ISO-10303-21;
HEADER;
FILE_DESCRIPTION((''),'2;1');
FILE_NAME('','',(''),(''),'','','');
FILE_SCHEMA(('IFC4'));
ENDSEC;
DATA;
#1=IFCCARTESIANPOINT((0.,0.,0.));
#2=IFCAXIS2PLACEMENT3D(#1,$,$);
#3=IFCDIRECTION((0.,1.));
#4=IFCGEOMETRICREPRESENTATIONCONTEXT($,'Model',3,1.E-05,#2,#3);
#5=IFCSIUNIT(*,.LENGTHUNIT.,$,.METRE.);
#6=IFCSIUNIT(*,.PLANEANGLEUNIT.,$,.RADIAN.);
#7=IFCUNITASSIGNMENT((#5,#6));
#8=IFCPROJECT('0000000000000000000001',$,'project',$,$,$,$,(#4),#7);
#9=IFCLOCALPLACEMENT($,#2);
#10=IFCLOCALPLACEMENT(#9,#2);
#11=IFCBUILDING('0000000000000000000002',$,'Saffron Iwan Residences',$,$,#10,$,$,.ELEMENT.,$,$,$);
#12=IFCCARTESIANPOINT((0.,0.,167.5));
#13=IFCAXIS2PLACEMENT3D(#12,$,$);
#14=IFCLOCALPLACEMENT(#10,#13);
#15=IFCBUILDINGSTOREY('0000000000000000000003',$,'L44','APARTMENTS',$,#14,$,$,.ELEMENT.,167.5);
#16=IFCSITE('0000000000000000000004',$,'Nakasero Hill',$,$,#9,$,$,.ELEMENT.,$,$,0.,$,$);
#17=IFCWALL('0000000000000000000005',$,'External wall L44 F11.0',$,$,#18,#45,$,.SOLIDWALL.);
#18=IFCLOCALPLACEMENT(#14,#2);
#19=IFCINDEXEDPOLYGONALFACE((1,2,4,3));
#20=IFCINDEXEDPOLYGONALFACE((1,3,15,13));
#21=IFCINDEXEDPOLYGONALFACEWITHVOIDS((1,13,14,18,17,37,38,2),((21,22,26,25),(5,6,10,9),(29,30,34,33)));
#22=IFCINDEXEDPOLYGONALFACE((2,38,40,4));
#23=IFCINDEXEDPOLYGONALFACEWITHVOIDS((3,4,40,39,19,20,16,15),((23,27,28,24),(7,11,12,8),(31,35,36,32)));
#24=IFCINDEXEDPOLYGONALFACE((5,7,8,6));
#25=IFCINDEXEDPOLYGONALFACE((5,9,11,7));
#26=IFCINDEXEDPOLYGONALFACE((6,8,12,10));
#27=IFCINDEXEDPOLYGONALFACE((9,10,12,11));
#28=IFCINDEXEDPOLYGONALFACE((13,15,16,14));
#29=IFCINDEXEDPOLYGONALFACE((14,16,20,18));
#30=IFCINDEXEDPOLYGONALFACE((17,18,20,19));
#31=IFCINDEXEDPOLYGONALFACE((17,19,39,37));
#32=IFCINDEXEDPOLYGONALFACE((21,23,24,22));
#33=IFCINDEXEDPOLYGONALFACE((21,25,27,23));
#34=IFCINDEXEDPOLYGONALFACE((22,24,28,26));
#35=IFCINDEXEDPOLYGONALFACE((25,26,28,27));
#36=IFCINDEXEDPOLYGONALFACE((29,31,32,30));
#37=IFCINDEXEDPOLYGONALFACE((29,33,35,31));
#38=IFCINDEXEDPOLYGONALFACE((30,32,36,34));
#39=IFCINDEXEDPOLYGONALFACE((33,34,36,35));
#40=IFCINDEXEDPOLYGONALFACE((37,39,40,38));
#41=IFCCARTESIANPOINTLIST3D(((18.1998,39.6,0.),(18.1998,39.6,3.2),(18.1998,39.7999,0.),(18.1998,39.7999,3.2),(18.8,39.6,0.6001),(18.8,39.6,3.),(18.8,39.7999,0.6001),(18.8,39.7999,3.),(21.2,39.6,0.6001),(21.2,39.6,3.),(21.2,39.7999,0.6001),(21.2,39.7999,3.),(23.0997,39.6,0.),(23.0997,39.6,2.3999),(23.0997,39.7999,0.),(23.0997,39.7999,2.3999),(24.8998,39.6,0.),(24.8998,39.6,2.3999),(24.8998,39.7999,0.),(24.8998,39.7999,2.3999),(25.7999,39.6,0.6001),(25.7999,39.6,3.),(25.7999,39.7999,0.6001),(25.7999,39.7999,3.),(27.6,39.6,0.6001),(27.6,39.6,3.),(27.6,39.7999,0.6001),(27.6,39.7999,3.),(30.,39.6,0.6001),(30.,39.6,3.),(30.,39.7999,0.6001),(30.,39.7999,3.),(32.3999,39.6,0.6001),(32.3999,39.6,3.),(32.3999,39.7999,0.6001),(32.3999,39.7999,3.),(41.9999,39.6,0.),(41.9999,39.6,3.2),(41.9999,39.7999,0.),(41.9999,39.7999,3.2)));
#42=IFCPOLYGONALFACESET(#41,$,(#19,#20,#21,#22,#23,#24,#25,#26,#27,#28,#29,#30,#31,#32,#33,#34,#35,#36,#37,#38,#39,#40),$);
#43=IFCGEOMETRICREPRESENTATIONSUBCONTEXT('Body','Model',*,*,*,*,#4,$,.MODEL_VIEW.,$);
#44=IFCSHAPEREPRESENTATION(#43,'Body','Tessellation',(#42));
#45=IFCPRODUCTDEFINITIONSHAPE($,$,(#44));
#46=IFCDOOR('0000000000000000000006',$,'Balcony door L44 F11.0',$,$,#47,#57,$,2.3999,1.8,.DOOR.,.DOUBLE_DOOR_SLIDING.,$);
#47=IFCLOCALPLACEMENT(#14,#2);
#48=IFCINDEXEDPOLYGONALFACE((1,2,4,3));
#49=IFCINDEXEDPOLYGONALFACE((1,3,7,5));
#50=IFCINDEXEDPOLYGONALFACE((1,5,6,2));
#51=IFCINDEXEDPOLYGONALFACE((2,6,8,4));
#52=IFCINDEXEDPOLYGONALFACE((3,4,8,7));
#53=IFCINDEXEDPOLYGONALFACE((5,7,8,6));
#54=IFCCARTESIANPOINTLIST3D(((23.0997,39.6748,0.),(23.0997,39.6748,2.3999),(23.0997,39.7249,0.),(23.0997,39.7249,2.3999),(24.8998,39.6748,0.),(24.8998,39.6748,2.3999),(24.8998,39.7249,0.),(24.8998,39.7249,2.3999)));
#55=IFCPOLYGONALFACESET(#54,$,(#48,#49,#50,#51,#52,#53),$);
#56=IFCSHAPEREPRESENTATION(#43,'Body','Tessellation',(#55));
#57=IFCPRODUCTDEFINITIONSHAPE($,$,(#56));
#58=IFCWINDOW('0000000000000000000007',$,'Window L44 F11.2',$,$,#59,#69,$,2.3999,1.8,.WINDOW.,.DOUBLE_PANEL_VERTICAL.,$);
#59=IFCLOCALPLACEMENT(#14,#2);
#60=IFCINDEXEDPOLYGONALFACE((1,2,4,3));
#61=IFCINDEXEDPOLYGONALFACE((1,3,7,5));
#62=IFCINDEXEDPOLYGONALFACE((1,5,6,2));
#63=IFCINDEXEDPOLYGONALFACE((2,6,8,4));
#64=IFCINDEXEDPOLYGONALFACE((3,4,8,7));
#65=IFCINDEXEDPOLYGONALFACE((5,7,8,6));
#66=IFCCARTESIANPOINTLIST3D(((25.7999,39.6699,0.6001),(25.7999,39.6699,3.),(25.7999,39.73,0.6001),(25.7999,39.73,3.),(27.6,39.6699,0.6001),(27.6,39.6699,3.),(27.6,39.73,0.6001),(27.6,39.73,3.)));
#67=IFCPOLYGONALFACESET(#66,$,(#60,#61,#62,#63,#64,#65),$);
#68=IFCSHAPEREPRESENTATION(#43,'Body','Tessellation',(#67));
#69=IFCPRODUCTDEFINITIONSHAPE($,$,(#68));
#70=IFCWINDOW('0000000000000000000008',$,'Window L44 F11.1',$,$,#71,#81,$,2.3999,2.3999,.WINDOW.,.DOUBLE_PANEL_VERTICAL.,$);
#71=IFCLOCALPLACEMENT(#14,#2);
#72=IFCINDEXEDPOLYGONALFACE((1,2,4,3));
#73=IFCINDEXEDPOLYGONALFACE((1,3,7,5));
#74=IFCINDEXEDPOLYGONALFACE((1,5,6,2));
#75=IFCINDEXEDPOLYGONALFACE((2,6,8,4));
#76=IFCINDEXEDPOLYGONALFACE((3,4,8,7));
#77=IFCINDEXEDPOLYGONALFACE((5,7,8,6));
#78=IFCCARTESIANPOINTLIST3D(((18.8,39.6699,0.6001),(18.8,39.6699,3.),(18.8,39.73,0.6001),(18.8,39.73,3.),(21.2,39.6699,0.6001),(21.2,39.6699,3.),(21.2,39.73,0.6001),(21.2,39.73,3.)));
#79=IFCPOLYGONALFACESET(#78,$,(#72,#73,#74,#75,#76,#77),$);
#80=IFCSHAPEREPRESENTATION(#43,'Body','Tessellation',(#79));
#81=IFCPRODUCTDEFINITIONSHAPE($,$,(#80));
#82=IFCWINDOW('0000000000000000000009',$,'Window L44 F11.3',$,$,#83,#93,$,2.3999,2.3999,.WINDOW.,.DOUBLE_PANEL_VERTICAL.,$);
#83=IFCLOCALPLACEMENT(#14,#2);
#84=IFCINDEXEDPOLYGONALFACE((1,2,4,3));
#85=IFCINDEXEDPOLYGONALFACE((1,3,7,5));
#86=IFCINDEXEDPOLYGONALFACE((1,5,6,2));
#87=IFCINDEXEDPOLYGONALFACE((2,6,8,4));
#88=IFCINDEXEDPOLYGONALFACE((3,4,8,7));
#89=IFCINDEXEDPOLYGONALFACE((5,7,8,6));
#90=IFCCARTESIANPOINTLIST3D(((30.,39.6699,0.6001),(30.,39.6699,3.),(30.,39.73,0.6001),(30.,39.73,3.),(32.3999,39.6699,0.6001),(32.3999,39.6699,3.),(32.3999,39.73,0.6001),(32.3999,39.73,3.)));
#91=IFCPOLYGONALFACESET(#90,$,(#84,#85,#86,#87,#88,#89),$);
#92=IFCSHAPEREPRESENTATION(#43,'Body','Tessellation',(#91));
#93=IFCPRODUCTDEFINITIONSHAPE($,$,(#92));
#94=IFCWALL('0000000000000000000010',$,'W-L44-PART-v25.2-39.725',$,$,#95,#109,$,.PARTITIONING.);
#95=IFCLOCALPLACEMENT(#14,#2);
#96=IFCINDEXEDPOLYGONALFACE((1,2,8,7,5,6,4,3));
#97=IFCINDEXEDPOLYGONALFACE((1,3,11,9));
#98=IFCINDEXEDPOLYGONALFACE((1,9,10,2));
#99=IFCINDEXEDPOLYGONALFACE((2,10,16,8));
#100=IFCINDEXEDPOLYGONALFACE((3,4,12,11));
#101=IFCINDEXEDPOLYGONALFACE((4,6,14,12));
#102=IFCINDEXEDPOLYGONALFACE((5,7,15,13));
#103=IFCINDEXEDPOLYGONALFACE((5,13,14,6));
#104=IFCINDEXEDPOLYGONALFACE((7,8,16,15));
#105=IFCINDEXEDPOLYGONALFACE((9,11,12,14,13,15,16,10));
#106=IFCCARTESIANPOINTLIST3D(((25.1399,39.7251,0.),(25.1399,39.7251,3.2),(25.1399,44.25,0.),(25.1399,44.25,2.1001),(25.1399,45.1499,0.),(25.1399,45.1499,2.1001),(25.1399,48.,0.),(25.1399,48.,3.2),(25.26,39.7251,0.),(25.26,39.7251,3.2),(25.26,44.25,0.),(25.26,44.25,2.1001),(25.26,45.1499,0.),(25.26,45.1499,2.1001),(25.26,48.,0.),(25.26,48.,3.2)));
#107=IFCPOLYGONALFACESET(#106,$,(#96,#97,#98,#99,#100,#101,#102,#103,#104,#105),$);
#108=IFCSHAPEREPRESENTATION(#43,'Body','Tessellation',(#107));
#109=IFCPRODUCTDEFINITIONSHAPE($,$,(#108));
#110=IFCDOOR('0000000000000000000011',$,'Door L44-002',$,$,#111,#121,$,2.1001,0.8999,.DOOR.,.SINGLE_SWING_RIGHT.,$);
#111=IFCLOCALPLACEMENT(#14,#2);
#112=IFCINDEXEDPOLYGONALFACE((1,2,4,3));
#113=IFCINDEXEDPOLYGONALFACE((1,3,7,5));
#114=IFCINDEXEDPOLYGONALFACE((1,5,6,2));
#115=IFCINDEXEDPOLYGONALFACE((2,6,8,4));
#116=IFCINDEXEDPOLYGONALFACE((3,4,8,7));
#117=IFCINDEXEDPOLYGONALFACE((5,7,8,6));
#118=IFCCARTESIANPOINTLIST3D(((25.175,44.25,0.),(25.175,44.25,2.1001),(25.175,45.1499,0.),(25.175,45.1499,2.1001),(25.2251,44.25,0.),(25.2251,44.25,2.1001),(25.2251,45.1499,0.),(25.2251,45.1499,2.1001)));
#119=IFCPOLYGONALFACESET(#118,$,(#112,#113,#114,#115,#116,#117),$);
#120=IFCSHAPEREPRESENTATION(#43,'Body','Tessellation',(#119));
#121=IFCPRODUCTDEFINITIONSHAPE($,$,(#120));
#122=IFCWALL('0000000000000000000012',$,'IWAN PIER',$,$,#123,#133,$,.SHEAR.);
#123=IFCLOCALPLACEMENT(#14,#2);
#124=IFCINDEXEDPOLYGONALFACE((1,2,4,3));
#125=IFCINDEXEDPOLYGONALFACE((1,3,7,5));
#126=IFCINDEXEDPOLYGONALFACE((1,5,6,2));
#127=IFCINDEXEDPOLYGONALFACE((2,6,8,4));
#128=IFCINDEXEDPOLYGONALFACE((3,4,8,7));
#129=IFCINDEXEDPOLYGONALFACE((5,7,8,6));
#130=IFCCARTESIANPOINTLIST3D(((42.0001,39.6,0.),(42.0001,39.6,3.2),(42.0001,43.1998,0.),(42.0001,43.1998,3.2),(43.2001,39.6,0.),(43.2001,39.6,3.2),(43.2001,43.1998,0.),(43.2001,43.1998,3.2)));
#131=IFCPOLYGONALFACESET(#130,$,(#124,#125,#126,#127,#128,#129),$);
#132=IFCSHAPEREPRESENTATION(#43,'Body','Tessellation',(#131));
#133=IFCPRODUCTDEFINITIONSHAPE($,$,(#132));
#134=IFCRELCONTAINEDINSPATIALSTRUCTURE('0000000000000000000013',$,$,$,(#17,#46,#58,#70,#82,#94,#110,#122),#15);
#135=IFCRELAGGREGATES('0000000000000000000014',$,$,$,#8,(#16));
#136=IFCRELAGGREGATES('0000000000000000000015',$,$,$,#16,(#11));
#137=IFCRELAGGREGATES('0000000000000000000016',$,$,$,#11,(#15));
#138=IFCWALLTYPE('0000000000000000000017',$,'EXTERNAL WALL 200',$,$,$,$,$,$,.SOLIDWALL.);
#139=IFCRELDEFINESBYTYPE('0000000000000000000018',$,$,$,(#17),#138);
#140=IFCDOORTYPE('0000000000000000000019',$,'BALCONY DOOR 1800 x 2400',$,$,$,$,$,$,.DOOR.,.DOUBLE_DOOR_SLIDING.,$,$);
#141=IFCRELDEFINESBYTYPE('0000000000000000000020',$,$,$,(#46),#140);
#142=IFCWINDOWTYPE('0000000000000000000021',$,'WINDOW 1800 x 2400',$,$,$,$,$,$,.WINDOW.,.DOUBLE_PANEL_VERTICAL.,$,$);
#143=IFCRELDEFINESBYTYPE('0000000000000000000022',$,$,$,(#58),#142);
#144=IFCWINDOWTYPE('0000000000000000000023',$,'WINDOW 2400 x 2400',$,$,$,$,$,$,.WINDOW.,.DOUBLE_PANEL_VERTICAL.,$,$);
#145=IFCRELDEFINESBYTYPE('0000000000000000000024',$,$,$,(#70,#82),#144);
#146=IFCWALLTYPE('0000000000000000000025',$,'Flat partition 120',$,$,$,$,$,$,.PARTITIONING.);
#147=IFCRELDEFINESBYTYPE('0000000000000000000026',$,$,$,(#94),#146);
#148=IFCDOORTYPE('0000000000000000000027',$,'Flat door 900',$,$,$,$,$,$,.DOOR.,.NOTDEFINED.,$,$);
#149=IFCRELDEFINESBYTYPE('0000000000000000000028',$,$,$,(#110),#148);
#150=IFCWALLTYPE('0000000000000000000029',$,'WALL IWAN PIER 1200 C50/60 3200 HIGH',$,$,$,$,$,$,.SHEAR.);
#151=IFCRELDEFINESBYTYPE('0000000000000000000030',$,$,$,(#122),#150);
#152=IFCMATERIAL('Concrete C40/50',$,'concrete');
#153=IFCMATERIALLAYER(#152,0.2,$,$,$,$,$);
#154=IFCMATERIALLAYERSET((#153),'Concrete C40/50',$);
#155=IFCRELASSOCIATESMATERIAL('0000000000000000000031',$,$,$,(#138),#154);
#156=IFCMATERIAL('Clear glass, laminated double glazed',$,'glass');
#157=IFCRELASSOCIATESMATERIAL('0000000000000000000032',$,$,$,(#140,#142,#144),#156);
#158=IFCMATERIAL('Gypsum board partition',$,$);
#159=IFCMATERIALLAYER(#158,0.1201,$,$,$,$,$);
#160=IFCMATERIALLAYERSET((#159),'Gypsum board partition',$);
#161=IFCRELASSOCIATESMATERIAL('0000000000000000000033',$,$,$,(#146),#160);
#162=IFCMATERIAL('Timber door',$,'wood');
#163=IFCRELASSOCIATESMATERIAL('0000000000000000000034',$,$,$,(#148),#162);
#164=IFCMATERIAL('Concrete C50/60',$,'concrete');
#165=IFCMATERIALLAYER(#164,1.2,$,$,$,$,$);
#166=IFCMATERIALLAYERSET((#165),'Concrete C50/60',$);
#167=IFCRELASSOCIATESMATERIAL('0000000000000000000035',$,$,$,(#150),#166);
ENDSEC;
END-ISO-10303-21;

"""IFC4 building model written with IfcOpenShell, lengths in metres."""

from ifc_helpers import new_model, si_unit, direction, frame, frame_2d, origin, place, context, subcontext, project, spatial, rectangle, extrude, material, layer, layer_set, type_object, element, fill, save


model = new_model("IFC4")

# Units and contexts
model_context = context("Model", 3, precision=1e-05, world=origin(), true_north=direction((0.0, 1.0)))
body_context = subcontext(model_context, "Body", "Model", "MODEL_VIEW")
ifc_project = project(units=[si_unit("LENGTHUNIT", "METRE"), si_unit("PLANEANGLEUNIT", "RADIAN")], contexts=[model_context])

# Site, building, storey
site_placement = place(None, origin())
site = spatial("IfcSite", under=ifc_project, at=site_placement, Name="Nakasero Hill", CompositionType="ELEMENT", RefElevation=0.0)
building_placement = place(site_placement, origin())
building = spatial("IfcBuilding", under=site, at=building_placement, Name="Saffron Iwan Residences", CompositionType="ELEMENT")
storey_placement = place(building_placement, frame((0.0, 0.0, 167.5)))
storey = spatial("IfcBuildingStorey", under=building, at=storey_placement, Name="L44", Description="APARTMENTS", CompositionType="ELEMENT", Elevation=167.5)

# Shared definitions
ifc_material_1 = material(Name="Concrete C50/60", Category="concrete")

# Wall, openings, door, windows
ifc_material_2 = material(Name="Concrete C40/50", Category="concrete")
ifc_layer_1 = layer(ifc_material_2, 0.2)
ifc_layer_set_1 = layer_set([ifc_layer_1], Name="Concrete C40/50")
wall_type_1 = type_object("IfcWallType", Name="EXTERNAL WALL 200", PredefinedType="SOLIDWALL", material=ifc_layer_set_1)
wall_1_placement = place(storey_placement, frame((18.2, 39.7, 0.0), z_axis=(0.0, 0.0, 1.0), x_axis=(1.0, 0.0, 0.0)))
wall_1 = element("IfcWall", 1, at=wall_1_placement, inside=storey, type_object=wall_type_1, Name="External wall L44 F11.0", PredefinedType="SOLIDWALL", context=body_context, shape_type="SweptSolid", body=[
    extrude(rectangle(XDim=23.8, YDim=0.2, at=frame_2d((11.8999, 0.0))), origin(), (0.0, 0.0, 1.0), 3.2),
])
opening_1_placement = place(wall_1_placement, frame((4.8999, 0.0, 0.0)))
opening_1 = element("IfcOpeningElement", 2, at=opening_1_placement, cuts=wall_1, PredefinedType="OPENING", context=body_context, shape_type="SweptSolid", body=[
    extrude(rectangle(XDim=1.8, YDim=2.3999, at=frame_2d((0.8999, 1.2))), frame((0.0, 0.1099, 0.0), z_axis=(0.0, -1.0, 0.0), x_axis=(1.0, 0.0, 0.0)), (0.0, 0.0, 1.0), 0.22),
])
opening_2_placement = place(wall_1_placement, frame((0.6001, 0.0, 0.6001)))
opening_2 = element("IfcOpeningElement", 3, at=opening_2_placement, cuts=wall_1, PredefinedType="OPENING", context=body_context, shape_type="SweptSolid", body=[
    extrude(rectangle(XDim=2.3999, YDim=2.3999, at=frame_2d((1.2, 1.2))), frame((0.0, 0.1099, 0.0), z_axis=(0.0, -1.0, 0.0), x_axis=(1.0, 0.0, 0.0)), (0.0, 0.0, 1.0), 0.22),
])
opening_3_placement = place(wall_1_placement, frame((7.6001, 0.0, 0.6001)))
opening_3 = element("IfcOpeningElement", 4, at=opening_3_placement, cuts=wall_1, PredefinedType="OPENING", context=body_context, shape_type="SweptSolid", body=[
    extrude(rectangle(XDim=1.8, YDim=2.3999, at=frame_2d((0.8999, 1.2))), frame((0.0, 0.1099, 0.0), z_axis=(0.0, -1.0, 0.0), x_axis=(1.0, 0.0, 0.0)), (0.0, 0.0, 1.0), 0.22),
])
opening_4_placement = place(wall_1_placement, frame((11.8, 0.0, 0.6001)))
opening_4 = element("IfcOpeningElement", 5, at=opening_4_placement, cuts=wall_1, PredefinedType="OPENING", context=body_context, shape_type="SweptSolid", body=[
    extrude(rectangle(XDim=2.3999, YDim=2.3999, at=frame_2d((1.2, 1.2))), frame((0.0, 0.1099, 0.0), z_axis=(0.0, -1.0, 0.0), x_axis=(1.0, 0.0, 0.0)), (0.0, 0.0, 1.0), 0.22),
])
ifc_material_3 = material(Name="Clear glass, laminated double glazed", Category="glass")
door_type_1 = type_object("IfcDoorType", Name="BALCONY DOOR 1800 x 2400", OperationType="DOUBLE_DOOR_SLIDING", PredefinedType="DOOR", material=ifc_material_3)
door_1_placement = place(opening_1_placement, origin())
door_1 = element("IfcDoor", 6, at=door_1_placement, inside=storey, type_object=door_type_1, Name="Balcony door L44 F11.0", OperationType="DOUBLE_DOOR_SLIDING", OverallHeight=2.3999, OverallWidth=1.8, PredefinedType="DOOR", context=body_context, shape_type="SweptSolid", body=[
    extrude(rectangle(XDim=1.8, YDim=2.3999, at=frame_2d((0.8999, 1.2))), frame((0.0, 0.0249, 0.0), z_axis=(0.0, -1.0, 0.0), x_axis=(1.0, 0.0, 0.0)), (0.0, 0.0, 1.0), 0.05),
])
fill(opening_1, door_1)
window_type_1 = type_object("IfcWindowType", Name="WINDOW 1800 x 2400", PartitioningType="DOUBLE_PANEL_VERTICAL", PredefinedType="WINDOW", material=ifc_material_3)
window_1_placement = place(opening_3_placement, origin())
window_1 = element("IfcWindow", 7, at=window_1_placement, inside=storey, type_object=window_type_1, Name="Window L44 F11.2", OverallHeight=2.3999, OverallWidth=1.8, PartitioningType="DOUBLE_PANEL_VERTICAL", PredefinedType="WINDOW", context=body_context, shape_type="SweptSolid", body=[
    extrude(rectangle(XDim=1.8, YDim=2.3999, at=frame_2d((0.8999, 1.2))), frame((0.0, 0.03, 0.0), z_axis=(0.0, -1.0, 0.0), x_axis=(1.0, 0.0, 0.0)), (0.0, 0.0, 1.0), 0.0601),
])
fill(opening_3, window_1)
window_type_2 = type_object("IfcWindowType", Name="WINDOW 2400 x 2400", PartitioningType="DOUBLE_PANEL_VERTICAL", PredefinedType="WINDOW", material=ifc_material_3)
window_2_placement = place(opening_2_placement, origin())
window_2 = element("IfcWindow", 8, at=window_2_placement, inside=storey, type_object=window_type_2, Name="Window L44 F11.1", OverallHeight=2.3999, OverallWidth=2.3999, PartitioningType="DOUBLE_PANEL_VERTICAL", PredefinedType="WINDOW", context=body_context, shape_type="SweptSolid", body=[
    extrude(rectangle(XDim=2.3999, YDim=2.3999, at=frame_2d((1.2, 1.2))), frame((0.0, 0.03, 0.0), z_axis=(0.0, -1.0, 0.0), x_axis=(1.0, 0.0, 0.0)), (0.0, 0.0, 1.0), 0.0601),
])
fill(opening_2, window_2)
window_3_placement = place(opening_4_placement, origin())
window_3 = element("IfcWindow", 9, at=window_3_placement, inside=storey, type_object=window_type_2, Name="Window L44 F11.3", OverallHeight=2.3999, OverallWidth=2.3999, PartitioningType="DOUBLE_PANEL_VERTICAL", PredefinedType="WINDOW", context=body_context, shape_type="SweptSolid", body=[
    extrude(rectangle(XDim=2.3999, YDim=2.3999, at=frame_2d((1.2, 1.2))), frame((0.0, 0.03, 0.0), z_axis=(0.0, -1.0, 0.0), x_axis=(1.0, 0.0, 0.0)), (0.0, 0.0, 1.0), 0.0601),
])
fill(opening_4, window_3)

# Wall, opening, door
ifc_material_4 = material(Name="Gypsum board partition")
ifc_layer_2 = layer(ifc_material_4, 0.1201)
ifc_layer_set_2 = layer_set([ifc_layer_2], Name="Gypsum board partition")
wall_type_2 = type_object("IfcWallType", Name="Flat partition 120", PredefinedType="PARTITIONING", material=ifc_layer_set_2)
wall_2_placement = place(storey_placement, frame((25.2, 39.7251, 0.0), z_axis=(0.0, 0.0, 1.0), x_axis=(0.0, 1.0, 0.0)))
wall_2 = element("IfcWall", 10, at=wall_2_placement, inside=storey, type_object=wall_type_2, Name="W-L44-PART-v25.2-39.725", PredefinedType="PARTITIONING", context=body_context, shape_type="SweptSolid", body=[
    extrude(rectangle(XDim=8.2749, YDim=0.1201, at=frame_2d((4.1375, 0.0))), origin(), (0.0, 0.0, 1.0), 3.2),
])
opening_5_placement = place(wall_2_placement, frame((4.5249, 0.0, 0.0)))
opening_5 = element("IfcOpeningElement", 11, at=opening_5_placement, cuts=wall_2, PredefinedType="OPENING", context=body_context, shape_type="SweptSolid", body=[
    extrude(rectangle(XDim=0.8999, YDim=2.1001, at=frame_2d((0.45, 1.05))), frame((0.0, 0.0701, 0.0), z_axis=(0.0, -1.0, 0.0), x_axis=(1.0, 0.0, 0.0)), (0.0, 0.0, 1.0), 0.1401),
])
ifc_material_5 = material(Name="Timber door", Category="wood")
door_type_2 = type_object("IfcDoorType", Name="Flat door 900", OperationType="NOTDEFINED", PredefinedType="DOOR", material=ifc_material_5)
door_2_placement = place(opening_5_placement, origin())
door_2 = element("IfcDoor", 12, at=door_2_placement, inside=storey, type_object=door_type_2, Name="Door L44-002", OperationType="SINGLE_SWING_RIGHT", OverallHeight=2.1001, OverallWidth=0.8999, PredefinedType="DOOR", context=body_context, shape_type="SweptSolid", body=[
    extrude(rectangle(XDim=0.8999, YDim=2.1001, at=frame_2d((0.45, 1.05))), frame((0.0, 0.0249, 0.0), z_axis=(0.0, -1.0, 0.0), x_axis=(1.0, 0.0, 0.0)), (0.0, 0.0, 1.0), 0.05),
])
fill(opening_5, door_2)

# Wall
ifc_layer_3 = layer(ifc_material_1, 1.2)
ifc_layer_set_3 = layer_set([ifc_layer_3], Name="Concrete C50/60")
wall_type_3 = type_object("IfcWallType", Name="WALL IWAN PIER 1200 C50/60 3200 HIGH", PredefinedType="SHEAR", material=ifc_layer_set_3)
wall_3_placement = place(storey_placement, frame((42.6001, 39.6001, 0.0), z_axis=(0.0, 0.0, 1.0), x_axis=(0.0, 1.0, 0.0)))
element("IfcWall", 13, at=wall_3_placement, inside=storey, type_object=wall_type_3, Name="IWAN PIER", PredefinedType="SHEAR", context=body_context, shape_type="SweptSolid", body=[
    extrude(rectangle(XDim=3.5999, YDim=1.2, at=frame_2d((1.7998, 0.0))), origin(), (0.0, 0.0, 1.0), 3.2),
])

save(model, "model.ifc")
